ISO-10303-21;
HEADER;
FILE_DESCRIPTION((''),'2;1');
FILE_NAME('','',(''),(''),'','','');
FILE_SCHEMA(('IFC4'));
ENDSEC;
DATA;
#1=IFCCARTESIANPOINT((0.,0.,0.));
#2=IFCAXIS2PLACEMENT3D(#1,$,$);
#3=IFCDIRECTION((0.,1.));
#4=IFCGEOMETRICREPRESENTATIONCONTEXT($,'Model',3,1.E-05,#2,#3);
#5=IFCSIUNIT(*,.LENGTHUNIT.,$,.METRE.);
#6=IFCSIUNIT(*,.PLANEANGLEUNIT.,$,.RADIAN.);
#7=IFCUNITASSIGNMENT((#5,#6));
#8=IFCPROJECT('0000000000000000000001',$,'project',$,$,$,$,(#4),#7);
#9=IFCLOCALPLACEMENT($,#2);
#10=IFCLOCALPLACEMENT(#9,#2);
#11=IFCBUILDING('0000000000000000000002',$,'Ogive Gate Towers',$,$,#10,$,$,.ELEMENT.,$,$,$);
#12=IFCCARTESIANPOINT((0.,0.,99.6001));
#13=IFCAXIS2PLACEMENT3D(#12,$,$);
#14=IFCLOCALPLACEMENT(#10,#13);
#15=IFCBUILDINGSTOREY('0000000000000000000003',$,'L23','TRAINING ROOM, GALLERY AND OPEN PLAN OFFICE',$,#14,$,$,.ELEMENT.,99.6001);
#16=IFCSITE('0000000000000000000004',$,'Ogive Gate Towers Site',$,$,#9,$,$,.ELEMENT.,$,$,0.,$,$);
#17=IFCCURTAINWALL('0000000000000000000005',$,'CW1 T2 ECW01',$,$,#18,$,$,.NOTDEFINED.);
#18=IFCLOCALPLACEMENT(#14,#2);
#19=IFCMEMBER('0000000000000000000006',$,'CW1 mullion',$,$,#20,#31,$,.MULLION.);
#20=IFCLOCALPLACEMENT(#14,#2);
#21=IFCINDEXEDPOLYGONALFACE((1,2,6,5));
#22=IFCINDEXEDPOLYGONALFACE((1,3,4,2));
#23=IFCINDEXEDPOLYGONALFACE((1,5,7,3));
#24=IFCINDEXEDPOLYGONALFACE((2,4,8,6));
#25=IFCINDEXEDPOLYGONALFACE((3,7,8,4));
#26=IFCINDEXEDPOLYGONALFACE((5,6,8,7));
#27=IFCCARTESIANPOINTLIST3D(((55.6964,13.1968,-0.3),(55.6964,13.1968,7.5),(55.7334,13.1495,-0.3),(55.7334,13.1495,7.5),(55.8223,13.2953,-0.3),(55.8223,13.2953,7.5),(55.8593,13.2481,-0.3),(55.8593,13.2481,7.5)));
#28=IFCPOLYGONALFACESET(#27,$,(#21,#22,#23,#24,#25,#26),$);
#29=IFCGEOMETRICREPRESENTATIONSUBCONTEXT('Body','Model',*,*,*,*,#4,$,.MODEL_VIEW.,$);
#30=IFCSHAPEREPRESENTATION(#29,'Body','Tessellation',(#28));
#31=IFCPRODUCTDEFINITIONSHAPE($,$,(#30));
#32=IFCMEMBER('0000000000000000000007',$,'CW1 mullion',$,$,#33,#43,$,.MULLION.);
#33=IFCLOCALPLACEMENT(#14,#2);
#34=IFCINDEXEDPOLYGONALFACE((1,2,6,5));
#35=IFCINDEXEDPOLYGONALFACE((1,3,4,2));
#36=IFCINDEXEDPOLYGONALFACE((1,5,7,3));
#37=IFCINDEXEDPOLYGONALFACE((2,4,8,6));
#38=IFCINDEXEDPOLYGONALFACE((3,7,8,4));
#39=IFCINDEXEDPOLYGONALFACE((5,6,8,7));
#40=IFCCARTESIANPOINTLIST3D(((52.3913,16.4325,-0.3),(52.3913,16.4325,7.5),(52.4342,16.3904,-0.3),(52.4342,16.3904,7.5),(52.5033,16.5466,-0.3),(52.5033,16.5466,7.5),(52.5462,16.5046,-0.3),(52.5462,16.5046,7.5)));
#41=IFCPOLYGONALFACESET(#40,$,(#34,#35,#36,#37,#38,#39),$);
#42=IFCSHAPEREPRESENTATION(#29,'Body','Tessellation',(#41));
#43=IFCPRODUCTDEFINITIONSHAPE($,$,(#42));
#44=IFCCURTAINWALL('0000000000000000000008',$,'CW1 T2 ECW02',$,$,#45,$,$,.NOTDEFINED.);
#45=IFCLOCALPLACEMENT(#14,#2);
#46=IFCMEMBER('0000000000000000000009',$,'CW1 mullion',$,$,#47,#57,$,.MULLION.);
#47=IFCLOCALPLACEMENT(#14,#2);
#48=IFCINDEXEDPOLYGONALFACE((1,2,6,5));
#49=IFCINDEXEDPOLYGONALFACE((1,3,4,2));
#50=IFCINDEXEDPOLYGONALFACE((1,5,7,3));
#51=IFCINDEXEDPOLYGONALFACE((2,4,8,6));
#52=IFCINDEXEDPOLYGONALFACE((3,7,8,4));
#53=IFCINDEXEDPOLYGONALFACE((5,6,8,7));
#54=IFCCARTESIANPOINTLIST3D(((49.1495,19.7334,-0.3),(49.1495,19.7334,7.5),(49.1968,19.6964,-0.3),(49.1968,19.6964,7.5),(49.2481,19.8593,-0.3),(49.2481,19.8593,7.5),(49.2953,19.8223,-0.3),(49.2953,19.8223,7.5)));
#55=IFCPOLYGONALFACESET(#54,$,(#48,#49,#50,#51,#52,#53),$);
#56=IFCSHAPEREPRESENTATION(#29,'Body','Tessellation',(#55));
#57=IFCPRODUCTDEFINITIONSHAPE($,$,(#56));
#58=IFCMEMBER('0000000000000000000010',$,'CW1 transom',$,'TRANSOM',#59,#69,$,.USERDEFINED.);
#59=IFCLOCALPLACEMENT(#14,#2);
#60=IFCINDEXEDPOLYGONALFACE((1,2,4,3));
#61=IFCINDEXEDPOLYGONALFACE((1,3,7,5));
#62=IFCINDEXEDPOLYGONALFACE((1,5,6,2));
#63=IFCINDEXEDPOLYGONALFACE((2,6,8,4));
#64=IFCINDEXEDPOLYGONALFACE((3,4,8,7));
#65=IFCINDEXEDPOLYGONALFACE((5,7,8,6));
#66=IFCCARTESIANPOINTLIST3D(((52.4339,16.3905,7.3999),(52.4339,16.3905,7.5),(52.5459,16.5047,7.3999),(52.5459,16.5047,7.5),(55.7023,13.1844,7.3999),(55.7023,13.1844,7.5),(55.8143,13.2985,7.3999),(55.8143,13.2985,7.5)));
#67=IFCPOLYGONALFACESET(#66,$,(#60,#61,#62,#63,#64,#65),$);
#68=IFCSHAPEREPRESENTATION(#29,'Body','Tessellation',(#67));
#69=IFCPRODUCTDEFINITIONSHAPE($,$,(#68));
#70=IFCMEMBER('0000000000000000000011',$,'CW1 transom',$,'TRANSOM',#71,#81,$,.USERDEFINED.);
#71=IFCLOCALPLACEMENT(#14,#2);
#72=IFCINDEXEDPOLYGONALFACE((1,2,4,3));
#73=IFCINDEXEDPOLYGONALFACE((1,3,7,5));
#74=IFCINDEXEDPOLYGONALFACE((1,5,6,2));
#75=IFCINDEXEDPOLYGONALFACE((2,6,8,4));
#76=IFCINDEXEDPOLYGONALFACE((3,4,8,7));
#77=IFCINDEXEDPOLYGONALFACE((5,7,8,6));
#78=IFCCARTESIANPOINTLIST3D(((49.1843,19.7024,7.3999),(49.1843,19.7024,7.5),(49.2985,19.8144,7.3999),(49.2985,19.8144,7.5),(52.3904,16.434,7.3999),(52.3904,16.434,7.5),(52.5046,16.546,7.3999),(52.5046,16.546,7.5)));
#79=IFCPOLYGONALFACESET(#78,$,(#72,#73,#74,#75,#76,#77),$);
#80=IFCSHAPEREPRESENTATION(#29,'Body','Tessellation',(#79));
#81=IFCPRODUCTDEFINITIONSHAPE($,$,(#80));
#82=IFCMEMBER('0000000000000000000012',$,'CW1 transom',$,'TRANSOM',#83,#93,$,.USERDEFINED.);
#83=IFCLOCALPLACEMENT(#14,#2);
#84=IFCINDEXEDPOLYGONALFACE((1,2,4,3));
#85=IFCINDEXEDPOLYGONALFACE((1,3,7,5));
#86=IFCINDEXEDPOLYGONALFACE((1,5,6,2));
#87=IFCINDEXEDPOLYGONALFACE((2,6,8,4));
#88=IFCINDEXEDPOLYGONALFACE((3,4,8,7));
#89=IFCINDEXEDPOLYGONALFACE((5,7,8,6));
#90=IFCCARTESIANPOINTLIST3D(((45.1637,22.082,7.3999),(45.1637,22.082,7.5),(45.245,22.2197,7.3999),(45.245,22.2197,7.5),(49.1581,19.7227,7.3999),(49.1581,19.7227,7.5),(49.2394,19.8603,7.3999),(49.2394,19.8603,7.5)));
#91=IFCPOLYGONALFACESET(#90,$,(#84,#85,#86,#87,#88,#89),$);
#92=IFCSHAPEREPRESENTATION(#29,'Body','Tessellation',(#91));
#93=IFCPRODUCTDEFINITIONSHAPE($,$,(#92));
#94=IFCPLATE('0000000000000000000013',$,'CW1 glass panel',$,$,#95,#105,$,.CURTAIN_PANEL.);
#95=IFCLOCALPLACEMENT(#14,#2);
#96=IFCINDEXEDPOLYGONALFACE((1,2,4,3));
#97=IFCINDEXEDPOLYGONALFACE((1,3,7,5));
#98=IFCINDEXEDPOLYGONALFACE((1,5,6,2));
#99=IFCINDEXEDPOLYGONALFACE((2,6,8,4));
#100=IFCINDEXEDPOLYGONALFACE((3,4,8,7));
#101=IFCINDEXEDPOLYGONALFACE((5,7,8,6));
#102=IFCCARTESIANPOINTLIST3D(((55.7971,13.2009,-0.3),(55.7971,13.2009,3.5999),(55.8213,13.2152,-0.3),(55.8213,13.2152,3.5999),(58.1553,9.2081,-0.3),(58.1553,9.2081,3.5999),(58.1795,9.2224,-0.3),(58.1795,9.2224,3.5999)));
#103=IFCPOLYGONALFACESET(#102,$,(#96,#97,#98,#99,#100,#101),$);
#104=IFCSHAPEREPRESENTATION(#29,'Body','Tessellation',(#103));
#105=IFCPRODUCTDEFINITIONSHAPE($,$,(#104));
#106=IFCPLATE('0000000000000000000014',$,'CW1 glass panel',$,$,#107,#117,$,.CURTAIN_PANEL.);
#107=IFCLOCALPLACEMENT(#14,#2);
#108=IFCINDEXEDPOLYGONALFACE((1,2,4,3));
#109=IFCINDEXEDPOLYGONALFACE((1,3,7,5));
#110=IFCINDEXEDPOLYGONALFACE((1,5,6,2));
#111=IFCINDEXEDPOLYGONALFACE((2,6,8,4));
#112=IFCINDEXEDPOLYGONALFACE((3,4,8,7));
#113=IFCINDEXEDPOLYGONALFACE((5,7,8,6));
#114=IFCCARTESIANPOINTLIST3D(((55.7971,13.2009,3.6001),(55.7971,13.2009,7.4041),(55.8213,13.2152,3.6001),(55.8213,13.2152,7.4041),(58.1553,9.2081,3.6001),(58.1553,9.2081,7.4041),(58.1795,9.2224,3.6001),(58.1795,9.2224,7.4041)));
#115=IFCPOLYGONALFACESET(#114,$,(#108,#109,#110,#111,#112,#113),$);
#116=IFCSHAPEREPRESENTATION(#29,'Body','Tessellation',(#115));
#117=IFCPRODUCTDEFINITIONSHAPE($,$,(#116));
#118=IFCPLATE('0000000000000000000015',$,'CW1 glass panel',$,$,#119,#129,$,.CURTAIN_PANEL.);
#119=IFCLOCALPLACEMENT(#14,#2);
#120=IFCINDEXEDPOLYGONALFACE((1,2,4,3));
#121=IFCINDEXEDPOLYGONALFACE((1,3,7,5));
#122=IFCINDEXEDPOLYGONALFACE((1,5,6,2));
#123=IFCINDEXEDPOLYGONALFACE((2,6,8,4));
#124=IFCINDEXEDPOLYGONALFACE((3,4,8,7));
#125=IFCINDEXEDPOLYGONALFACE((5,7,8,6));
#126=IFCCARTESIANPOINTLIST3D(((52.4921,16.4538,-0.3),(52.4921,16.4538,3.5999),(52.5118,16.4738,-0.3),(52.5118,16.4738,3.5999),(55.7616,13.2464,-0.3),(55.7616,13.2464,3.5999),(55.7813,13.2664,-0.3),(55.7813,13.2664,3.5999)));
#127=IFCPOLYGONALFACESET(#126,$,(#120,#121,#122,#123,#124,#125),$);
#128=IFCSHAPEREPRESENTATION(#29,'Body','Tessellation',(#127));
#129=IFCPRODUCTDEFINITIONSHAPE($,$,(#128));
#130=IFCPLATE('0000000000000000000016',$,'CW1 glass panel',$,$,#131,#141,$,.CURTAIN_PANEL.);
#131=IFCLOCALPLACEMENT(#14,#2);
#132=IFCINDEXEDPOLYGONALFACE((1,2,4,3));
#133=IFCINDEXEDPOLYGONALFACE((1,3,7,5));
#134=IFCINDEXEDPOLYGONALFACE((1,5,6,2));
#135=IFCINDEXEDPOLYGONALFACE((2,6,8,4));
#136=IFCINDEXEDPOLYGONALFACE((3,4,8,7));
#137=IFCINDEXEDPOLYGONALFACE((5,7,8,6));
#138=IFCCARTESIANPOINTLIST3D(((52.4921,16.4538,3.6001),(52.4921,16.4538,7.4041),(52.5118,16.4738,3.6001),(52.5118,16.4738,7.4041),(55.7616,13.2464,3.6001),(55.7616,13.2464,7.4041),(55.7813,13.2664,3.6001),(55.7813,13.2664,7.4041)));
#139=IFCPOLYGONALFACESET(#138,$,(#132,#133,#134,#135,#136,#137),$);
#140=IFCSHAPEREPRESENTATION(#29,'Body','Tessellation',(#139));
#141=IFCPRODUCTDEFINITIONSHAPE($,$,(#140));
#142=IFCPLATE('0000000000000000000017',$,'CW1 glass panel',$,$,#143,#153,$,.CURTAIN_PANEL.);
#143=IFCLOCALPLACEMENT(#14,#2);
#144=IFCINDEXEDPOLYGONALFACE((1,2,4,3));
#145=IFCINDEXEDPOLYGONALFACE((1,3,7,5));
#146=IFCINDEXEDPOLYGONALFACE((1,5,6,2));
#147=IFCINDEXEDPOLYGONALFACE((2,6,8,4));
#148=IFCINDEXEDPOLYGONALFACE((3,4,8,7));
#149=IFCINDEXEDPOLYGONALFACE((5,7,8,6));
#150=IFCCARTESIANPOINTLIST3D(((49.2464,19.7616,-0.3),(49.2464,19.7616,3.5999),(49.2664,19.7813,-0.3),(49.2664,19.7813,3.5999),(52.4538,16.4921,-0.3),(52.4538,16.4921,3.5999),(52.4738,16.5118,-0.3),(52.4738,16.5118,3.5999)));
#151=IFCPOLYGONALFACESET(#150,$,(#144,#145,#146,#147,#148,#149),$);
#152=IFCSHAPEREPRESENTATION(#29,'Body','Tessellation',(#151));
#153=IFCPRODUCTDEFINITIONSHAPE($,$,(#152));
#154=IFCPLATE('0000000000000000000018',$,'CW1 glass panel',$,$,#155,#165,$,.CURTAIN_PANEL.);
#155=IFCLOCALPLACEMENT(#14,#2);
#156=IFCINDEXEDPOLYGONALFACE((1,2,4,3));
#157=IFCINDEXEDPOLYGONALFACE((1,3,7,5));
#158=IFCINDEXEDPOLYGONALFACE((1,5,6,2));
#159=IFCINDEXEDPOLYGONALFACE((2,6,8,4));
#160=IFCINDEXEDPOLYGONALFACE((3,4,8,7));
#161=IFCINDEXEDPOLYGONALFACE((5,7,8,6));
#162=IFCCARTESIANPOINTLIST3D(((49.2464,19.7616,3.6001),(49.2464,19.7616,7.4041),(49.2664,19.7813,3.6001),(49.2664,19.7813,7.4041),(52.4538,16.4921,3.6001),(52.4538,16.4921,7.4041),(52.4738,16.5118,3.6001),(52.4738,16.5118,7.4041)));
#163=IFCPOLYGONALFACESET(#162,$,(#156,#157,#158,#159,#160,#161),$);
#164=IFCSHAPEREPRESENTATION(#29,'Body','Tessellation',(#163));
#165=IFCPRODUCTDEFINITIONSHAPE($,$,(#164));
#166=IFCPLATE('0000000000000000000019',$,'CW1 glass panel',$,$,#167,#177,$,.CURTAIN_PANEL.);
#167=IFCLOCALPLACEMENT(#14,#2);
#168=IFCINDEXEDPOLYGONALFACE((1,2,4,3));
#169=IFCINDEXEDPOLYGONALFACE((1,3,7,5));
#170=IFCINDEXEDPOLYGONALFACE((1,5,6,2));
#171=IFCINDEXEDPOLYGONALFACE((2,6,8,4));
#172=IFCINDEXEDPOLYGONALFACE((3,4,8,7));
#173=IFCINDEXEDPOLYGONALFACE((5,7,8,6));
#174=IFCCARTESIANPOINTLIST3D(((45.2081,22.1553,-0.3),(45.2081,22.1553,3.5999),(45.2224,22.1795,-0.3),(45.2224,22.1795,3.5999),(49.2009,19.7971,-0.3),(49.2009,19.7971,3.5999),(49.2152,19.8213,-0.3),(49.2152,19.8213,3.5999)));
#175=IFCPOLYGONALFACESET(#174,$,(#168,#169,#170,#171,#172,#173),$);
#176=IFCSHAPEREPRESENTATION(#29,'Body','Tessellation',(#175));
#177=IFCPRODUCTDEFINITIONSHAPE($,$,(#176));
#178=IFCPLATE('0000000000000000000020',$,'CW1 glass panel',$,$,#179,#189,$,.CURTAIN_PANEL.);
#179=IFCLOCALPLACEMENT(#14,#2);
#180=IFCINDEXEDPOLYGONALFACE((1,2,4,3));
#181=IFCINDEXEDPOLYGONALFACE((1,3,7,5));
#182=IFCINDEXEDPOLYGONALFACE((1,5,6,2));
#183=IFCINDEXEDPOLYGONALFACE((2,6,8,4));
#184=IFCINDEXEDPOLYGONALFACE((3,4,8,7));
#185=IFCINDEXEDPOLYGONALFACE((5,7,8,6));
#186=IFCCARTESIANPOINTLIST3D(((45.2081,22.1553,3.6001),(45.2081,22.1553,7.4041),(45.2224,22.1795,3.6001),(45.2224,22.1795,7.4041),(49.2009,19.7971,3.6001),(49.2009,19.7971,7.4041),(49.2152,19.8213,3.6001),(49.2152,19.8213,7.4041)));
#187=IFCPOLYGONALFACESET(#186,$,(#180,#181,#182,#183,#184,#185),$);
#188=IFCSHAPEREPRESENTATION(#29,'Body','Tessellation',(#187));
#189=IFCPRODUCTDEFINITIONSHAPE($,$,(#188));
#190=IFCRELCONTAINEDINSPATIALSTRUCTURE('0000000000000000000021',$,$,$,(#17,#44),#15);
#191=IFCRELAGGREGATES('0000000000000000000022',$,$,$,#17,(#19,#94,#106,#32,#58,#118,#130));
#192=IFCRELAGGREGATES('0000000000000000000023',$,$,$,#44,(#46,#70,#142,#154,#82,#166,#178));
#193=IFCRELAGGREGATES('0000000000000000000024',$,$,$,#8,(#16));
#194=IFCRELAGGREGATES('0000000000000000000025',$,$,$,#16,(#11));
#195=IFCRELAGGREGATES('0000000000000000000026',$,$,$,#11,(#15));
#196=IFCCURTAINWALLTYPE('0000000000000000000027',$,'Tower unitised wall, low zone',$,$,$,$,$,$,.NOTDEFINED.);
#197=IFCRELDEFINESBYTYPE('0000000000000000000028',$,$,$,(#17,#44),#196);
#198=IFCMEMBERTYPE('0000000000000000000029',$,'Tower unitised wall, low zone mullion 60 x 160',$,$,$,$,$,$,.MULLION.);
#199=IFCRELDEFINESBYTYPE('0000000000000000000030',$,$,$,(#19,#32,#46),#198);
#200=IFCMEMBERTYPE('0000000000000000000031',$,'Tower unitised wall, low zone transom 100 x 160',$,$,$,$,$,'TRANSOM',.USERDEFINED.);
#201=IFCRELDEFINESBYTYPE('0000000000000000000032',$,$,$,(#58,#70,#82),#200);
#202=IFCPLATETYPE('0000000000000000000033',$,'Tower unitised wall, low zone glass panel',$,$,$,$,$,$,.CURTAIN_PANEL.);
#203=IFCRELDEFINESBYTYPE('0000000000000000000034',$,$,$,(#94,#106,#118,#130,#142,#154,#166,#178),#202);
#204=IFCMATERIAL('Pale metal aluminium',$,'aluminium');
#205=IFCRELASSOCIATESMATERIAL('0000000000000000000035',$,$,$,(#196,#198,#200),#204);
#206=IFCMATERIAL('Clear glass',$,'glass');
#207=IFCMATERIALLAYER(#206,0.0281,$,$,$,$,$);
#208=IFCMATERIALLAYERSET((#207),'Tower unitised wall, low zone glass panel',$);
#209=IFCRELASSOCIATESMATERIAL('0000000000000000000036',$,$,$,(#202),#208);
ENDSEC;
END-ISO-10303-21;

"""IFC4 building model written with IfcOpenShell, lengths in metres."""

from ifc_helpers import new_model, si_unit, direction, frame, origin, origin_2d, place, context, subcontext, project, spatial, rectangle, extrude, material, layer, layer_set, material_profile, profile_set, type_object, element, aggregate, save


model = new_model("IFC4")

# Units and contexts
model_context = context("Model", 3, precision=1e-05, world=origin(), true_north=direction((0.0, 1.0)))
body_context = subcontext(model_context, "Body", "Model", "MODEL_VIEW")
ifc_project = project(units=[si_unit("LENGTHUNIT", "METRE"), si_unit("PLANEANGLEUNIT", "RADIAN")], contexts=[model_context])

# Site, building, storey
site_placement = place(None, origin())
site = spatial("IfcSite", under=ifc_project, at=site_placement, Name="Ogive Gate Towers Site", CompositionType="ELEMENT", RefElevation=0.0)
building_placement = place(site_placement, origin())
building = spatial("IfcBuilding", under=site, at=building_placement, Name="Ogive Gate Towers", CompositionType="ELEMENT")
storey_placement = place(building_placement, frame((0.0, 0.0, 99.6001)))
storey = spatial("IfcBuildingStorey", under=building, at=storey_placement, Name="L23", Description="TRAINING ROOM, GALLERY AND OPEN PLAN OFFICE", CompositionType="ELEMENT", Elevation=99.6001)

# Curtain wall, members
ifc_material_1 = material(Name="Pale metal aluminium", Category="aluminium")
curtain_wall_type = type_object("IfcCurtainWallType", Name="Tower unitised wall, low zone", PredefinedType="NOTDEFINED", material=ifc_material_1)
curtain_wall_1_placement = place(storey_placement, origin())
curtain_wall_1 = element("IfcCurtainWall", 1, at=curtain_wall_1_placement, inside=storey, type_object=curtain_wall_type, Name="CW1 T2 ECW01", PredefinedType="NOTDEFINED")
ifc_material_profile_1 = material_profile(ifc_material_1, rectangle(XDim=0.1599, YDim=0.0601, at=origin_2d()), Name="60 x 160 aluminium box")
ifc_profile_set_1 = profile_set([ifc_material_profile_1], Name="Pale metal aluminium")
member_type_1 = type_object("IfcMemberType", Name="Tower unitised wall, low zone mullion 60 x 160", PredefinedType="MULLION", material=ifc_profile_set_1)
member_1_placement = place(storey_placement, frame((55.7778, 13.2224, -0.3), z_axis=(0.0, 0.0, 1.0), x_axis=(0.787387, 0.616459, 0.0)))
member_1 = element("IfcMember", 2, at=member_1_placement, type_object=member_type_1, Name="CW1 mullion", PredefinedType="MULLION", context=body_context, shape_type="SweptSolid", body=[
    extrude(rectangle(XDim=0.1599, YDim=0.0601, at=origin_2d()), origin(), (0.0, 0.0, 1.0), 7.8),
])
member_2_placement = place(storey_placement, frame((52.4688, 16.4685, -0.3), z_axis=(0.0, 0.0, 1.0), x_axis=(0.700299, 0.71385, 0.0)))
member_2 = element("IfcMember", 3, at=member_2_placement, type_object=member_type_1, Name="CW1 mullion", PredefinedType="MULLION", context=body_context, shape_type="SweptSolid", body=[
    extrude(rectangle(XDim=0.1599, YDim=0.0601, at=origin_2d()), origin(), (0.0, 0.0, 1.0), 7.8),
])

# Curtain wall, member
curtain_wall_2_placement = place(storey_placement, origin())
curtain_wall_2 = element("IfcCurtainWall", 4, at=curtain_wall_2_placement, inside=storey, type_object=curtain_wall_type, Name="CW1 T2 ECW02", PredefinedType="NOTDEFINED")
member_3_placement = place(storey_placement, frame((49.2224, 19.7778, -0.3), z_axis=(0.0, 0.0, 1.0), x_axis=(0.616459, 0.787387, 0.0)))
member_3 = element("IfcMember", 5, at=member_3_placement, type_object=member_type_1, Name="CW1 mullion", PredefinedType="MULLION", context=body_context, shape_type="SweptSolid", body=[
    extrude(rectangle(XDim=0.1599, YDim=0.0601, at=origin_2d()), origin(), (0.0, 0.0, 1.0), 7.8),
])

# Members
ifc_material_profile_2 = material_profile(ifc_material_1, rectangle(XDim=0.1599, YDim=0.1001, at=origin_2d()), Name="100 x 160 aluminium box")
ifc_profile_set_2 = profile_set([ifc_material_profile_2], Name="Pale metal aluminium")
member_type_2 = type_object("IfcMemberType", Name="Tower unitised wall, low zone transom 100 x 160", ElementType="TRANSOM", PredefinedType="USERDEFINED", material=ifc_profile_set_2)
member_4_placement = place(storey_placement, frame((55.7583, 13.2415, 7.45), z_axis=(-0.713873, 0.700275, 0.0), x_axis=(-0.700275, -0.713873, 0.0)))
member_4 = element("IfcMember", 6, at=member_4_placement, type_object=member_type_2, Name="CW1 transom", ObjectType="TRANSOM", PredefinedType="USERDEFINED", context=body_context, shape_type="SweptSolid", body=[
    extrude(rectangle(XDim=0.1599, YDim=0.1001, at=origin_2d()), origin(), (0.0, 0.0, 1.0), 4.5784),
])
member_5_placement = place(storey_placement, frame((52.4475, 16.49, 7.45), z_axis=(-0.700275, 0.713873, 0.0), x_axis=(-0.713873, -0.700275, 0.0)))
member_5 = element("IfcMember", 7, at=member_5_placement, type_object=member_type_2, Name="CW1 transom", ObjectType="TRANSOM", PredefinedType="USERDEFINED", context=body_context, shape_type="SweptSolid", body=[
    extrude(rectangle(XDim=0.1599, YDim=0.1001, at=origin_2d()), origin(), (0.0, 0.0, 1.0), 4.5784),
])
member_6_placement = place(storey_placement, frame((49.1987, 19.7915, 7.45), z_axis=(-0.861016, 0.508579, 0.0), x_axis=(-0.508579, -0.861016, 0.0)))
member_6 = element("IfcMember", 8, at=member_6_placement, type_object=member_type_2, Name="CW1 transom", ObjectType="TRANSOM", PredefinedType="USERDEFINED", context=body_context, shape_type="SweptSolid", body=[
    extrude(rectangle(XDim=0.1599, YDim=0.1001, at=origin_2d()), origin(), (0.0, 0.0, 1.0), 4.6392),
])

# Plates
ifc_material_2 = material(Name="Clear glass", Category="glass")
ifc_layer_1 = layer(ifc_material_2, 0.0281)
ifc_layer_set_1 = layer_set([ifc_layer_1], Name="Tower unitised wall, low zone glass panel")
plate_type = type_object("IfcPlateType", Name="Tower unitised wall, low zone glass panel", PredefinedType="CURTAIN_PANEL", material=ifc_layer_set_1)
plate_1_placement = place(storey_placement, frame((56.9883, 11.2117, -0.3), z_axis=(0.0, 0.0, 1.0), x_axis=(-0.508546, 0.861035, 0.0)))
plate_1 = element("IfcPlate", 9, at=plate_1_placement, type_object=plate_type, Name="CW1 glass panel", PredefinedType="CURTAIN_PANEL", context=body_context, shape_type="SweptSolid", body=[
    extrude(rectangle(XDim=4.6372, YDim=0.0281, at=origin_2d()), origin(), (0.0, 0.0, 1.0), 3.8999),
])
plate_2_placement = place(storey_placement, frame((56.9883, 11.2117, 3.6001), z_axis=(0.0, 0.0, 1.0), x_axis=(-0.508546, 0.861035, 0.0)))
plate_2 = element("IfcPlate", 10, at=plate_2_placement, type_object=plate_type, Name="CW1 glass panel", PredefinedType="CURTAIN_PANEL", context=body_context, shape_type="SweptSolid", body=[
    extrude(rectangle(XDim=4.6372, YDim=0.0281, at=origin_2d()), origin(), (0.0, 0.0, 1.0), 3.804),
])
plate_3_placement = place(storey_placement, frame((54.1367, 14.8601, -0.3), z_axis=(0.0, 0.0, 1.0), x_axis=(-0.71385, 0.700299, 0.0)))
plate_3 = element("IfcPlate", 11, at=plate_3_placement, type_object=plate_type, Name="CW1 glass panel", PredefinedType="CURTAIN_PANEL", context=body_context, shape_type="SweptSolid", body=[
    extrude(rectangle(XDim=4.5801, YDim=0.0281, at=origin_2d()), origin(), (0.0, 0.0, 1.0), 3.8999),
])
plate_4_placement = place(storey_placement, frame((54.1367, 14.8601, 3.6001), z_axis=(0.0, 0.0, 1.0), x_axis=(-0.71385, 0.700299, 0.0)))
plate_4 = element("IfcPlate", 12, at=plate_4_placement, type_object=plate_type, Name="CW1 glass panel", PredefinedType="CURTAIN_PANEL", context=body_context, shape_type="SweptSolid", body=[
    extrude(rectangle(XDim=4.5801, YDim=0.0281, at=origin_2d()), origin(), (0.0, 0.0, 1.0), 3.804),
])
aggregate(curtain_wall_1, [member_1, plate_1, plate_2, member_2, member_4, plate_3, plate_4])
plate_5_placement = place(storey_placement, frame((50.8601, 18.1367, -0.3), z_axis=(0.0, 0.0, 1.0), x_axis=(-0.700299, 0.71385, 0.0)))
plate_5 = element("IfcPlate", 13, at=plate_5_placement, type_object=plate_type, Name="CW1 glass panel", PredefinedType="CURTAIN_PANEL", context=body_context, shape_type="SweptSolid", body=[
    extrude(rectangle(XDim=4.5801, YDim=0.0281, at=origin_2d()), origin(), (0.0, 0.0, 1.0), 3.8999),
])
plate_6_placement = place(storey_placement, frame((50.8601, 18.1367, 3.6001), z_axis=(0.0, 0.0, 1.0), x_axis=(-0.700299, 0.71385, 0.0)))
plate_6 = element("IfcPlate", 14, at=plate_6_placement, type_object=plate_type, Name="CW1 glass panel", PredefinedType="CURTAIN_PANEL", context=body_context, shape_type="SweptSolid", body=[
    extrude(rectangle(XDim=4.5801, YDim=0.0281, at=origin_2d()), origin(), (0.0, 0.0, 1.0), 3.804),
])
plate_7_placement = place(storey_placement, frame((47.2117, 20.9883, -0.3), z_axis=(0.0, 0.0, 1.0), x_axis=(-0.861035, 0.508546, 0.0)))
plate_7 = element("IfcPlate", 15, at=plate_7_placement, type_object=plate_type, Name="CW1 glass panel", PredefinedType="CURTAIN_PANEL", context=body_context, shape_type="SweptSolid", body=[
    extrude(rectangle(XDim=4.6372, YDim=0.0281, at=origin_2d()), origin(), (0.0, 0.0, 1.0), 3.8999),
])
plate_8_placement = place(storey_placement, frame((47.2117, 20.9883, 3.6001), z_axis=(0.0, 0.0, 1.0), x_axis=(-0.861035, 0.508546, 0.0)))
plate_8 = element("IfcPlate", 16, at=plate_8_placement, type_object=plate_type, Name="CW1 glass panel", PredefinedType="CURTAIN_PANEL", context=body_context, shape_type="SweptSolid", body=[
    extrude(rectangle(XDim=4.6372, YDim=0.0281, at=origin_2d()), origin(), (0.0, 0.0, 1.0), 3.804),
])
aggregate(curtain_wall_2, [member_3, member_5, plate_5, plate_6, member_6, plate_7, plate_8])

save(model, "model.ifc")
